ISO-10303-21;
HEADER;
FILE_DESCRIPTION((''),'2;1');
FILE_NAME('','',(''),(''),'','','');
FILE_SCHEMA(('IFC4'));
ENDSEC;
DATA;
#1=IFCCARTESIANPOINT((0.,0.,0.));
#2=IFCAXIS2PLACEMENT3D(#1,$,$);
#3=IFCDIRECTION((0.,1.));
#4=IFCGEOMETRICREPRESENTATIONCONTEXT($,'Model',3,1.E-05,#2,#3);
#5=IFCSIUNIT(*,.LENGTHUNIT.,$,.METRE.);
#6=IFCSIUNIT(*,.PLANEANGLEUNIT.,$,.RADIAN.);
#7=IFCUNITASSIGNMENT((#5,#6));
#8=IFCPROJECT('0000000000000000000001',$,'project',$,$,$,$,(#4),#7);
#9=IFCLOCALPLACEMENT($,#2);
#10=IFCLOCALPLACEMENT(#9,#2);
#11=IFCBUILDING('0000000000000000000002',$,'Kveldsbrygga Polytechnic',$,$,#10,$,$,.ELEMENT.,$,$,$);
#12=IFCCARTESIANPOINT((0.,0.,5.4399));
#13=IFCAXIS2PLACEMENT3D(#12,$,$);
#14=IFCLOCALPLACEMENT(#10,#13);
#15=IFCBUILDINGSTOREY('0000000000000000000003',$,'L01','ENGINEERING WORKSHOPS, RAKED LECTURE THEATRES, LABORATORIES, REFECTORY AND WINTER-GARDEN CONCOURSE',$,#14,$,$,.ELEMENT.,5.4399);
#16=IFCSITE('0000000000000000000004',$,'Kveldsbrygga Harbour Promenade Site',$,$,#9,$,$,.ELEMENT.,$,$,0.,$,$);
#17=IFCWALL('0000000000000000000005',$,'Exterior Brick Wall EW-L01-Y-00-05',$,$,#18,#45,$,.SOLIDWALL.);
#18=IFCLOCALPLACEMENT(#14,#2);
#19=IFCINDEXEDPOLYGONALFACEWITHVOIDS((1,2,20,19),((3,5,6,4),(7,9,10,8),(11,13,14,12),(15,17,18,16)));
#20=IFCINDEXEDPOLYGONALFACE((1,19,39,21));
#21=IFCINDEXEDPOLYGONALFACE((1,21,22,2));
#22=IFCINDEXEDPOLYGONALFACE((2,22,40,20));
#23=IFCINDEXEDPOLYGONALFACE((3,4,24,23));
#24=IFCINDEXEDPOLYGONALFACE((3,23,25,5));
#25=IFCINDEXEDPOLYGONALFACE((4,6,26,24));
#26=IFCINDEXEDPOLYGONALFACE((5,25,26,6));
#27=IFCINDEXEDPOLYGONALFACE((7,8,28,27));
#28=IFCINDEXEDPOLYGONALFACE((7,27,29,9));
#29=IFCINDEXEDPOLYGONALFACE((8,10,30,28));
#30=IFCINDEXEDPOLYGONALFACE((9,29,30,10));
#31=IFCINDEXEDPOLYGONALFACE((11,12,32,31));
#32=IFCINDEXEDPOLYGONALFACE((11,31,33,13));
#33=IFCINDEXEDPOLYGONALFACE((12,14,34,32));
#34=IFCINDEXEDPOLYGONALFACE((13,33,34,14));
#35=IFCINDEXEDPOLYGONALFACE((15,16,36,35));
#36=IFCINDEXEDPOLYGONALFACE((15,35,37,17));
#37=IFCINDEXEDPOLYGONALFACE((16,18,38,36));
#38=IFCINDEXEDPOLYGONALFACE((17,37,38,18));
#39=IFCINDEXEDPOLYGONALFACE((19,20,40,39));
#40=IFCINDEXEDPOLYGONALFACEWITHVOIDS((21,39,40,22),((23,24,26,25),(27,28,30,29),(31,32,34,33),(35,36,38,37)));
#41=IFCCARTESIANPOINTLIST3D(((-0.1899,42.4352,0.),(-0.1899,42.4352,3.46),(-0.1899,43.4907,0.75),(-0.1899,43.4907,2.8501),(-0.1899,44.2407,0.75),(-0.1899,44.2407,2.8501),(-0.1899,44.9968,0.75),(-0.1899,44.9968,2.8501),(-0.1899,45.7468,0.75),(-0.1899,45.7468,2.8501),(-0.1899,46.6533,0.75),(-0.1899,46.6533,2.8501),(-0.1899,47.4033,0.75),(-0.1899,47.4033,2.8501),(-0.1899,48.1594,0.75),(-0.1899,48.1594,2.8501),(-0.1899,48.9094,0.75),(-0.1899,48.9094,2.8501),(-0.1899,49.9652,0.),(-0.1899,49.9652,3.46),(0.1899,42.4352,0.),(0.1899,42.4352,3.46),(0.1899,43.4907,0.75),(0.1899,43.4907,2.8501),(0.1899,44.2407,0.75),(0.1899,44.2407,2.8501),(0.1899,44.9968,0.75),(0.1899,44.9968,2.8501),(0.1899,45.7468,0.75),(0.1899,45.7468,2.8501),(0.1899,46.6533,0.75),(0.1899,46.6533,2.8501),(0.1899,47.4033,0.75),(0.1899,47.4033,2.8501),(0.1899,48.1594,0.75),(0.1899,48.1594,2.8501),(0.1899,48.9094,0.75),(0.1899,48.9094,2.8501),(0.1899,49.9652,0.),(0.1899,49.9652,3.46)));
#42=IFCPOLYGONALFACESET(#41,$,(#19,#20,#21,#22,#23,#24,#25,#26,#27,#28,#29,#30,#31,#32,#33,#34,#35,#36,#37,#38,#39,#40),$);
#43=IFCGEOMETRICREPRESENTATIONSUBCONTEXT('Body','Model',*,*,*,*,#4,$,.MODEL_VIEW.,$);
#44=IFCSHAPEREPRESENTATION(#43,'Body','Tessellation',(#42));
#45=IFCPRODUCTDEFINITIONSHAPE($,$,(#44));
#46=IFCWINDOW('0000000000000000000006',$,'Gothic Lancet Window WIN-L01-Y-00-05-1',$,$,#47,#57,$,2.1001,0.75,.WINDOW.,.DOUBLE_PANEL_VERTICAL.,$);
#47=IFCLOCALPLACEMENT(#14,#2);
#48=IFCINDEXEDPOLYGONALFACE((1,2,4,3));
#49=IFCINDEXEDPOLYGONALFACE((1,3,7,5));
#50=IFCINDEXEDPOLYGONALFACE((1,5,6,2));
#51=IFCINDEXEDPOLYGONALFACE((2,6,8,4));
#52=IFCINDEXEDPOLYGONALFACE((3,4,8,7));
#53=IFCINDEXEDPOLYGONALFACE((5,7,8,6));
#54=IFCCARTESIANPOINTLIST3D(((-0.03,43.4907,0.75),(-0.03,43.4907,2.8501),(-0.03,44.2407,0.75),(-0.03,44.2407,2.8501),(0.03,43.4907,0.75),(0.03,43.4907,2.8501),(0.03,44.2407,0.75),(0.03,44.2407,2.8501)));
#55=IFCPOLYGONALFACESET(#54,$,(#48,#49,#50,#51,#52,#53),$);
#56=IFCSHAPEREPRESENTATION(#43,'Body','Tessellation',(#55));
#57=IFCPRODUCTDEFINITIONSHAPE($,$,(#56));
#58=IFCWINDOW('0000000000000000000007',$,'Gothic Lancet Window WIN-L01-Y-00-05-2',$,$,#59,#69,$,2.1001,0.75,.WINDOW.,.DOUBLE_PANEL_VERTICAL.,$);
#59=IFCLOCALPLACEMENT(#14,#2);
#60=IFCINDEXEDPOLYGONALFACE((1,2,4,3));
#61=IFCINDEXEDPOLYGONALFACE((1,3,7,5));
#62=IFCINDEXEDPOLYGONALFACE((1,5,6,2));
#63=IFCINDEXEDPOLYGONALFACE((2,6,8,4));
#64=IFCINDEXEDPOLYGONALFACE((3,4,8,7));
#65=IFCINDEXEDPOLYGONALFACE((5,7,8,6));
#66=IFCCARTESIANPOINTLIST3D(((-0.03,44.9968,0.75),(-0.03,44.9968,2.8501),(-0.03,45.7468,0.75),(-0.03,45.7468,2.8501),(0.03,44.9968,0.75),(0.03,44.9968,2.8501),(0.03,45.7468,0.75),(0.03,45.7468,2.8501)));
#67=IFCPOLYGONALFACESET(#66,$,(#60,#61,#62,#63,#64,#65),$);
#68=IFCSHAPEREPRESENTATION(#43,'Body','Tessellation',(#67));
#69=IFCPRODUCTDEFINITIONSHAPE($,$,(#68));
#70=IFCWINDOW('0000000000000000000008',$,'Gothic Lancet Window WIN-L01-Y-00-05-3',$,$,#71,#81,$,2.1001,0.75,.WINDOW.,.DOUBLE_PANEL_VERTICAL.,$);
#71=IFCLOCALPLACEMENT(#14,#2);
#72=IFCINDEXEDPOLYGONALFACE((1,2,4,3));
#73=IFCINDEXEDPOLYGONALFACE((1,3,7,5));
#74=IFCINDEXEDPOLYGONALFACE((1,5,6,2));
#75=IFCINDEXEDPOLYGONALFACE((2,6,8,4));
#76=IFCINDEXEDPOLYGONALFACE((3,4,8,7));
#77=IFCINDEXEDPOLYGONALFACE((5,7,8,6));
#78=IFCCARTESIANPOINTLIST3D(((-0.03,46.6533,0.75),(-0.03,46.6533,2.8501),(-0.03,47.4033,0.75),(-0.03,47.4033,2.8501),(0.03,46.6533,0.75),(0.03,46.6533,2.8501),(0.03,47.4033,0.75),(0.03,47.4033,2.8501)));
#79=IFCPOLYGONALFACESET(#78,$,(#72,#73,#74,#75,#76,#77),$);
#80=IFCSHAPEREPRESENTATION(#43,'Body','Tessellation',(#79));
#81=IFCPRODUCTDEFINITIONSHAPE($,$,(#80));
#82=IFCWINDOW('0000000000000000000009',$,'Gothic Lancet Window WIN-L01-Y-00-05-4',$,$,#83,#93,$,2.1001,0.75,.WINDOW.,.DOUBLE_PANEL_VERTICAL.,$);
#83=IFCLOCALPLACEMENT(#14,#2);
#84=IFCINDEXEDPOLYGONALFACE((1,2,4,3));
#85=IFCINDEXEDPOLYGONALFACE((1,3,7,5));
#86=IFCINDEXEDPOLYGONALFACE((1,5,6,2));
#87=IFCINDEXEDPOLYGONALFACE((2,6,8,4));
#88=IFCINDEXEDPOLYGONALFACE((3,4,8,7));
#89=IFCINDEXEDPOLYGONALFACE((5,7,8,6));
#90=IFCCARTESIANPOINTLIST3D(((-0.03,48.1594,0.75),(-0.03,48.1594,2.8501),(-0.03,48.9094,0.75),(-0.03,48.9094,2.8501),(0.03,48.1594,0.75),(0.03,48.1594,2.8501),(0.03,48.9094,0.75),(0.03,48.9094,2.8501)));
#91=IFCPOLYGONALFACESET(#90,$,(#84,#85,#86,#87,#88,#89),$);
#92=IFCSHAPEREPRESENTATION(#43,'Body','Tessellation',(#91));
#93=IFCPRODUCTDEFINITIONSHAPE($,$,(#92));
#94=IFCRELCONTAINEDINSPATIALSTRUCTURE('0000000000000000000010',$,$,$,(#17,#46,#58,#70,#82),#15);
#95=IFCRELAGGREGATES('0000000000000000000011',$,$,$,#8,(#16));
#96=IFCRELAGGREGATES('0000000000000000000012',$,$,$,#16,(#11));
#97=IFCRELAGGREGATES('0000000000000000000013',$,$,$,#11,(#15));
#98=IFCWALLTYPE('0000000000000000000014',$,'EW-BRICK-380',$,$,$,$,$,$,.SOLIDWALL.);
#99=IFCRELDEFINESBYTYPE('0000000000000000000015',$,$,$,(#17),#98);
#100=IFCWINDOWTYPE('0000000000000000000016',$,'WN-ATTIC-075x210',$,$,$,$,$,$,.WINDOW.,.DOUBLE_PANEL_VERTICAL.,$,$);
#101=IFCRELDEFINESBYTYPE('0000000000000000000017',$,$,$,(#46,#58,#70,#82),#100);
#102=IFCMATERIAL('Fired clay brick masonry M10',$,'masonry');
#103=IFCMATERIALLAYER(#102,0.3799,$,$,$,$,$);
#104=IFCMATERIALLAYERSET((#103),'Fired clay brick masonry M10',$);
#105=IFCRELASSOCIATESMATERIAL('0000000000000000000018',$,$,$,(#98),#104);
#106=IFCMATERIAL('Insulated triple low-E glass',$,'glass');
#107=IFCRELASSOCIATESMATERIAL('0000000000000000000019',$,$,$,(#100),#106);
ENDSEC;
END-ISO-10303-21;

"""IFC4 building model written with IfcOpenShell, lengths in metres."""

from ifc_helpers import new_model, si_unit, direction, frame, frame_2d, origin, place, context, subcontext, project, spatial, rectangle, extrude, material, layer, layer_set, type_object, element, fill, save


model = new_model("IFC4")

# Units and contexts
model_context = context("Model", 3, precision=1e-05, world=origin(), true_north=direction((0.0, 1.0)))
body_context = subcontext(model_context, "Body", "Model", "MODEL_VIEW")
ifc_project = project(units=[si_unit("LENGTHUNIT", "METRE"), si_unit("PLANEANGLEUNIT", "RADIAN")], contexts=[model_context])

# Site, building, storey
site_placement = place(None, origin())
site = spatial("IfcSite", under=ifc_project, at=site_placement, Name="Kveldsbrygga Harbour Promenade Site", CompositionType="ELEMENT", RefElevation=0.0)
building_placement = place(site_placement, origin())
building = spatial("IfcBuilding", under=site, at=building_placement, Name="Kveldsbrygga Polytechnic", CompositionType="ELEMENT")
storey_placement = place(building_placement, frame((0.0, 0.0, 5.4399)))
storey = spatial("IfcBuildingStorey", under=building, at=storey_placement, Name="L01", Description="ENGINEERING WORKSHOPS, RAKED LECTURE THEATRES, LABORATORIES, REFECTORY AND WINTER-GARDEN CONCOURSE", CompositionType="ELEMENT", Elevation=5.4399)

# Wall, openings, windows
ifc_material_1 = material(Name="Fired clay brick masonry M10", Category="masonry")
ifc_layer_1 = layer(ifc_material_1, 0.3799)
ifc_layer_set_1 = layer_set([ifc_layer_1], Name="Fired clay brick masonry M10")
wall_type_1 = type_object("IfcWallType", Name="EW-BRICK-380", PredefinedType="SOLIDWALL", material=ifc_layer_set_1)
wall_1_placement = place(storey_placement, frame((0.0, 42.4351, 0.0), z_axis=(0.0, 0.0, 1.0), x_axis=(0.0, 1.0, 0.0)))
wall_1 = element("IfcWall", 1, at=wall_1_placement, inside=storey, type_object=wall_type_1, Name="Exterior Brick Wall EW-L01-Y-00-05", PredefinedType="SOLIDWALL", context=body_context, shape_type="SweptSolid", body=[
    extrude(rectangle(XDim=7.53, YDim=0.3799, at=frame_2d((3.7651, 0.0))), origin(), (0.0, 0.0, 1.0), 3.46),
])
opening_1_placement = place(wall_1_placement, frame((1.0557, 0.0, 0.75)))
opening_1 = element("IfcOpeningElement", 2, at=opening_1_placement, cuts=wall_1, PredefinedType="OPENING", context=body_context, shape_type="SweptSolid", body=[
    extrude(rectangle(XDim=0.75, YDim=2.1001, at=frame_2d((0.375, 1.05))), frame((0.0, 0.2, 0.0), z_axis=(0.0, -1.0, 0.0), x_axis=(1.0, 0.0, 0.0)), (0.0, 0.0, 1.0), 0.3999),
])
opening_2_placement = place(wall_1_placement, frame((2.5618, 0.0, 0.75)))
opening_2 = element("IfcOpeningElement", 3, at=opening_2_placement, cuts=wall_1, PredefinedType="OPENING", context=body_context, shape_type="SweptSolid", body=[
    extrude(rectangle(XDim=0.75, YDim=2.1001, at=frame_2d((0.375, 1.05))), frame((0.0, 0.2, 0.0), z_axis=(0.0, -1.0, 0.0), x_axis=(1.0, 0.0, 0.0)), (0.0, 0.0, 1.0), 0.3999),
])
opening_3_placement = place(wall_1_placement, frame((4.2183, 0.0, 0.75)))
opening_3 = element("IfcOpeningElement", 4, at=opening_3_placement, cuts=wall_1, PredefinedType="OPENING", context=body_context, shape_type="SweptSolid", body=[
    extrude(rectangle(XDim=0.75, YDim=2.1001, at=frame_2d((0.375, 1.05))), frame((0.0, 0.2, 0.0), z_axis=(0.0, -1.0, 0.0), x_axis=(1.0, 0.0, 0.0)), (0.0, 0.0, 1.0), 0.3999),
])
opening_4_placement = place(wall_1_placement, frame((5.7244, 0.0, 0.75)))
opening_4 = element("IfcOpeningElement", 5, at=opening_4_placement, cuts=wall_1, PredefinedType="OPENING", context=body_context, shape_type="SweptSolid", body=[
    extrude(rectangle(XDim=0.75, YDim=2.1001, at=frame_2d((0.375, 1.05))), frame((0.0, 0.2, 0.0), z_axis=(0.0, -1.0, 0.0), x_axis=(1.0, 0.0, 0.0)), (0.0, 0.0, 1.0), 0.3999),
])
ifc_material_2 = material(Name="Insulated triple low-E glass", Category="glass")
window_type = type_object("IfcWindowType", Name="WN-ATTIC-075x210", PartitioningType="DOUBLE_PANEL_VERTICAL", PredefinedType="WINDOW", material=ifc_material_2)
window_1_placement = place(opening_1_placement, origin())
window_1 = element("IfcWindow", 6, at=window_1_placement, inside=storey, type_object=window_type, Name="Gothic Lancet Window WIN-L01-Y-00-05-1", OverallHeight=2.1001, OverallWidth=0.75, PartitioningType="DOUBLE_PANEL_VERTICAL", PredefinedType="WINDOW", context=body_context, shape_type="SweptSolid", body=[
    extrude(rectangle(XDim=0.75, YDim=2.1001, at=frame_2d((0.375, 1.05))), frame((0.0, 0.03, 0.0), z_axis=(0.0, -1.0, 0.0), x_axis=(1.0, 0.0, 0.0)), (0.0, 0.0, 1.0), 0.0601),
])
fill(opening_1, window_1)
window_2_placement = place(opening_2_placement, origin())
window_2 = element("IfcWindow", 7, at=window_2_placement, inside=storey, type_object=window_type, Name="Gothic Lancet Window WIN-L01-Y-00-05-2", OverallHeight=2.1001, OverallWidth=0.75, PartitioningType="DOUBLE_PANEL_VERTICAL", PredefinedType="WINDOW", context=body_context, shape_type="SweptSolid", body=[
    extrude(rectangle(XDim=0.75, YDim=2.1001, at=frame_2d((0.375, 1.05))), frame((0.0, 0.03, 0.0), z_axis=(0.0, -1.0, 0.0), x_axis=(1.0, 0.0, 0.0)), (0.0, 0.0, 1.0), 0.0601),
])
fill(opening_2, window_2)
window_3_placement = place(opening_3_placement, origin())
window_3 = element("IfcWindow", 8, at=window_3_placement, inside=storey, type_object=window_type, Name="Gothic Lancet Window WIN-L01-Y-00-05-3", OverallHeight=2.1001, OverallWidth=0.75, PartitioningType="DOUBLE_PANEL_VERTICAL", PredefinedType="WINDOW", context=body_context, shape_type="SweptSolid", body=[
    extrude(rectangle(XDim=0.75, YDim=2.1001, at=frame_2d((0.375, 1.05))), frame((0.0, 0.03, 0.0), z_axis=(0.0, -1.0, 0.0), x_axis=(1.0, 0.0, 0.0)), (0.0, 0.0, 1.0), 0.0601),
])
fill(opening_3, window_3)
window_4_placement = place(opening_4_placement, origin())
window_4 = element("IfcWindow", 9, at=window_4_placement, inside=storey, type_object=window_type, Name="Gothic Lancet Window WIN-L01-Y-00-05-4", OverallHeight=2.1001, OverallWidth=0.75, PartitioningType="DOUBLE_PANEL_VERTICAL", PredefinedType="WINDOW", context=body_context, shape_type="SweptSolid", body=[
    extrude(rectangle(XDim=0.75, YDim=2.1001, at=frame_2d((0.375, 1.05))), frame((0.0, 0.03, 0.0), z_axis=(0.0, -1.0, 0.0), x_axis=(1.0, 0.0, 0.0)), (0.0, 0.0, 1.0), 0.0601),
])
fill(opening_4, window_4)

save(model, "model.ifc")
